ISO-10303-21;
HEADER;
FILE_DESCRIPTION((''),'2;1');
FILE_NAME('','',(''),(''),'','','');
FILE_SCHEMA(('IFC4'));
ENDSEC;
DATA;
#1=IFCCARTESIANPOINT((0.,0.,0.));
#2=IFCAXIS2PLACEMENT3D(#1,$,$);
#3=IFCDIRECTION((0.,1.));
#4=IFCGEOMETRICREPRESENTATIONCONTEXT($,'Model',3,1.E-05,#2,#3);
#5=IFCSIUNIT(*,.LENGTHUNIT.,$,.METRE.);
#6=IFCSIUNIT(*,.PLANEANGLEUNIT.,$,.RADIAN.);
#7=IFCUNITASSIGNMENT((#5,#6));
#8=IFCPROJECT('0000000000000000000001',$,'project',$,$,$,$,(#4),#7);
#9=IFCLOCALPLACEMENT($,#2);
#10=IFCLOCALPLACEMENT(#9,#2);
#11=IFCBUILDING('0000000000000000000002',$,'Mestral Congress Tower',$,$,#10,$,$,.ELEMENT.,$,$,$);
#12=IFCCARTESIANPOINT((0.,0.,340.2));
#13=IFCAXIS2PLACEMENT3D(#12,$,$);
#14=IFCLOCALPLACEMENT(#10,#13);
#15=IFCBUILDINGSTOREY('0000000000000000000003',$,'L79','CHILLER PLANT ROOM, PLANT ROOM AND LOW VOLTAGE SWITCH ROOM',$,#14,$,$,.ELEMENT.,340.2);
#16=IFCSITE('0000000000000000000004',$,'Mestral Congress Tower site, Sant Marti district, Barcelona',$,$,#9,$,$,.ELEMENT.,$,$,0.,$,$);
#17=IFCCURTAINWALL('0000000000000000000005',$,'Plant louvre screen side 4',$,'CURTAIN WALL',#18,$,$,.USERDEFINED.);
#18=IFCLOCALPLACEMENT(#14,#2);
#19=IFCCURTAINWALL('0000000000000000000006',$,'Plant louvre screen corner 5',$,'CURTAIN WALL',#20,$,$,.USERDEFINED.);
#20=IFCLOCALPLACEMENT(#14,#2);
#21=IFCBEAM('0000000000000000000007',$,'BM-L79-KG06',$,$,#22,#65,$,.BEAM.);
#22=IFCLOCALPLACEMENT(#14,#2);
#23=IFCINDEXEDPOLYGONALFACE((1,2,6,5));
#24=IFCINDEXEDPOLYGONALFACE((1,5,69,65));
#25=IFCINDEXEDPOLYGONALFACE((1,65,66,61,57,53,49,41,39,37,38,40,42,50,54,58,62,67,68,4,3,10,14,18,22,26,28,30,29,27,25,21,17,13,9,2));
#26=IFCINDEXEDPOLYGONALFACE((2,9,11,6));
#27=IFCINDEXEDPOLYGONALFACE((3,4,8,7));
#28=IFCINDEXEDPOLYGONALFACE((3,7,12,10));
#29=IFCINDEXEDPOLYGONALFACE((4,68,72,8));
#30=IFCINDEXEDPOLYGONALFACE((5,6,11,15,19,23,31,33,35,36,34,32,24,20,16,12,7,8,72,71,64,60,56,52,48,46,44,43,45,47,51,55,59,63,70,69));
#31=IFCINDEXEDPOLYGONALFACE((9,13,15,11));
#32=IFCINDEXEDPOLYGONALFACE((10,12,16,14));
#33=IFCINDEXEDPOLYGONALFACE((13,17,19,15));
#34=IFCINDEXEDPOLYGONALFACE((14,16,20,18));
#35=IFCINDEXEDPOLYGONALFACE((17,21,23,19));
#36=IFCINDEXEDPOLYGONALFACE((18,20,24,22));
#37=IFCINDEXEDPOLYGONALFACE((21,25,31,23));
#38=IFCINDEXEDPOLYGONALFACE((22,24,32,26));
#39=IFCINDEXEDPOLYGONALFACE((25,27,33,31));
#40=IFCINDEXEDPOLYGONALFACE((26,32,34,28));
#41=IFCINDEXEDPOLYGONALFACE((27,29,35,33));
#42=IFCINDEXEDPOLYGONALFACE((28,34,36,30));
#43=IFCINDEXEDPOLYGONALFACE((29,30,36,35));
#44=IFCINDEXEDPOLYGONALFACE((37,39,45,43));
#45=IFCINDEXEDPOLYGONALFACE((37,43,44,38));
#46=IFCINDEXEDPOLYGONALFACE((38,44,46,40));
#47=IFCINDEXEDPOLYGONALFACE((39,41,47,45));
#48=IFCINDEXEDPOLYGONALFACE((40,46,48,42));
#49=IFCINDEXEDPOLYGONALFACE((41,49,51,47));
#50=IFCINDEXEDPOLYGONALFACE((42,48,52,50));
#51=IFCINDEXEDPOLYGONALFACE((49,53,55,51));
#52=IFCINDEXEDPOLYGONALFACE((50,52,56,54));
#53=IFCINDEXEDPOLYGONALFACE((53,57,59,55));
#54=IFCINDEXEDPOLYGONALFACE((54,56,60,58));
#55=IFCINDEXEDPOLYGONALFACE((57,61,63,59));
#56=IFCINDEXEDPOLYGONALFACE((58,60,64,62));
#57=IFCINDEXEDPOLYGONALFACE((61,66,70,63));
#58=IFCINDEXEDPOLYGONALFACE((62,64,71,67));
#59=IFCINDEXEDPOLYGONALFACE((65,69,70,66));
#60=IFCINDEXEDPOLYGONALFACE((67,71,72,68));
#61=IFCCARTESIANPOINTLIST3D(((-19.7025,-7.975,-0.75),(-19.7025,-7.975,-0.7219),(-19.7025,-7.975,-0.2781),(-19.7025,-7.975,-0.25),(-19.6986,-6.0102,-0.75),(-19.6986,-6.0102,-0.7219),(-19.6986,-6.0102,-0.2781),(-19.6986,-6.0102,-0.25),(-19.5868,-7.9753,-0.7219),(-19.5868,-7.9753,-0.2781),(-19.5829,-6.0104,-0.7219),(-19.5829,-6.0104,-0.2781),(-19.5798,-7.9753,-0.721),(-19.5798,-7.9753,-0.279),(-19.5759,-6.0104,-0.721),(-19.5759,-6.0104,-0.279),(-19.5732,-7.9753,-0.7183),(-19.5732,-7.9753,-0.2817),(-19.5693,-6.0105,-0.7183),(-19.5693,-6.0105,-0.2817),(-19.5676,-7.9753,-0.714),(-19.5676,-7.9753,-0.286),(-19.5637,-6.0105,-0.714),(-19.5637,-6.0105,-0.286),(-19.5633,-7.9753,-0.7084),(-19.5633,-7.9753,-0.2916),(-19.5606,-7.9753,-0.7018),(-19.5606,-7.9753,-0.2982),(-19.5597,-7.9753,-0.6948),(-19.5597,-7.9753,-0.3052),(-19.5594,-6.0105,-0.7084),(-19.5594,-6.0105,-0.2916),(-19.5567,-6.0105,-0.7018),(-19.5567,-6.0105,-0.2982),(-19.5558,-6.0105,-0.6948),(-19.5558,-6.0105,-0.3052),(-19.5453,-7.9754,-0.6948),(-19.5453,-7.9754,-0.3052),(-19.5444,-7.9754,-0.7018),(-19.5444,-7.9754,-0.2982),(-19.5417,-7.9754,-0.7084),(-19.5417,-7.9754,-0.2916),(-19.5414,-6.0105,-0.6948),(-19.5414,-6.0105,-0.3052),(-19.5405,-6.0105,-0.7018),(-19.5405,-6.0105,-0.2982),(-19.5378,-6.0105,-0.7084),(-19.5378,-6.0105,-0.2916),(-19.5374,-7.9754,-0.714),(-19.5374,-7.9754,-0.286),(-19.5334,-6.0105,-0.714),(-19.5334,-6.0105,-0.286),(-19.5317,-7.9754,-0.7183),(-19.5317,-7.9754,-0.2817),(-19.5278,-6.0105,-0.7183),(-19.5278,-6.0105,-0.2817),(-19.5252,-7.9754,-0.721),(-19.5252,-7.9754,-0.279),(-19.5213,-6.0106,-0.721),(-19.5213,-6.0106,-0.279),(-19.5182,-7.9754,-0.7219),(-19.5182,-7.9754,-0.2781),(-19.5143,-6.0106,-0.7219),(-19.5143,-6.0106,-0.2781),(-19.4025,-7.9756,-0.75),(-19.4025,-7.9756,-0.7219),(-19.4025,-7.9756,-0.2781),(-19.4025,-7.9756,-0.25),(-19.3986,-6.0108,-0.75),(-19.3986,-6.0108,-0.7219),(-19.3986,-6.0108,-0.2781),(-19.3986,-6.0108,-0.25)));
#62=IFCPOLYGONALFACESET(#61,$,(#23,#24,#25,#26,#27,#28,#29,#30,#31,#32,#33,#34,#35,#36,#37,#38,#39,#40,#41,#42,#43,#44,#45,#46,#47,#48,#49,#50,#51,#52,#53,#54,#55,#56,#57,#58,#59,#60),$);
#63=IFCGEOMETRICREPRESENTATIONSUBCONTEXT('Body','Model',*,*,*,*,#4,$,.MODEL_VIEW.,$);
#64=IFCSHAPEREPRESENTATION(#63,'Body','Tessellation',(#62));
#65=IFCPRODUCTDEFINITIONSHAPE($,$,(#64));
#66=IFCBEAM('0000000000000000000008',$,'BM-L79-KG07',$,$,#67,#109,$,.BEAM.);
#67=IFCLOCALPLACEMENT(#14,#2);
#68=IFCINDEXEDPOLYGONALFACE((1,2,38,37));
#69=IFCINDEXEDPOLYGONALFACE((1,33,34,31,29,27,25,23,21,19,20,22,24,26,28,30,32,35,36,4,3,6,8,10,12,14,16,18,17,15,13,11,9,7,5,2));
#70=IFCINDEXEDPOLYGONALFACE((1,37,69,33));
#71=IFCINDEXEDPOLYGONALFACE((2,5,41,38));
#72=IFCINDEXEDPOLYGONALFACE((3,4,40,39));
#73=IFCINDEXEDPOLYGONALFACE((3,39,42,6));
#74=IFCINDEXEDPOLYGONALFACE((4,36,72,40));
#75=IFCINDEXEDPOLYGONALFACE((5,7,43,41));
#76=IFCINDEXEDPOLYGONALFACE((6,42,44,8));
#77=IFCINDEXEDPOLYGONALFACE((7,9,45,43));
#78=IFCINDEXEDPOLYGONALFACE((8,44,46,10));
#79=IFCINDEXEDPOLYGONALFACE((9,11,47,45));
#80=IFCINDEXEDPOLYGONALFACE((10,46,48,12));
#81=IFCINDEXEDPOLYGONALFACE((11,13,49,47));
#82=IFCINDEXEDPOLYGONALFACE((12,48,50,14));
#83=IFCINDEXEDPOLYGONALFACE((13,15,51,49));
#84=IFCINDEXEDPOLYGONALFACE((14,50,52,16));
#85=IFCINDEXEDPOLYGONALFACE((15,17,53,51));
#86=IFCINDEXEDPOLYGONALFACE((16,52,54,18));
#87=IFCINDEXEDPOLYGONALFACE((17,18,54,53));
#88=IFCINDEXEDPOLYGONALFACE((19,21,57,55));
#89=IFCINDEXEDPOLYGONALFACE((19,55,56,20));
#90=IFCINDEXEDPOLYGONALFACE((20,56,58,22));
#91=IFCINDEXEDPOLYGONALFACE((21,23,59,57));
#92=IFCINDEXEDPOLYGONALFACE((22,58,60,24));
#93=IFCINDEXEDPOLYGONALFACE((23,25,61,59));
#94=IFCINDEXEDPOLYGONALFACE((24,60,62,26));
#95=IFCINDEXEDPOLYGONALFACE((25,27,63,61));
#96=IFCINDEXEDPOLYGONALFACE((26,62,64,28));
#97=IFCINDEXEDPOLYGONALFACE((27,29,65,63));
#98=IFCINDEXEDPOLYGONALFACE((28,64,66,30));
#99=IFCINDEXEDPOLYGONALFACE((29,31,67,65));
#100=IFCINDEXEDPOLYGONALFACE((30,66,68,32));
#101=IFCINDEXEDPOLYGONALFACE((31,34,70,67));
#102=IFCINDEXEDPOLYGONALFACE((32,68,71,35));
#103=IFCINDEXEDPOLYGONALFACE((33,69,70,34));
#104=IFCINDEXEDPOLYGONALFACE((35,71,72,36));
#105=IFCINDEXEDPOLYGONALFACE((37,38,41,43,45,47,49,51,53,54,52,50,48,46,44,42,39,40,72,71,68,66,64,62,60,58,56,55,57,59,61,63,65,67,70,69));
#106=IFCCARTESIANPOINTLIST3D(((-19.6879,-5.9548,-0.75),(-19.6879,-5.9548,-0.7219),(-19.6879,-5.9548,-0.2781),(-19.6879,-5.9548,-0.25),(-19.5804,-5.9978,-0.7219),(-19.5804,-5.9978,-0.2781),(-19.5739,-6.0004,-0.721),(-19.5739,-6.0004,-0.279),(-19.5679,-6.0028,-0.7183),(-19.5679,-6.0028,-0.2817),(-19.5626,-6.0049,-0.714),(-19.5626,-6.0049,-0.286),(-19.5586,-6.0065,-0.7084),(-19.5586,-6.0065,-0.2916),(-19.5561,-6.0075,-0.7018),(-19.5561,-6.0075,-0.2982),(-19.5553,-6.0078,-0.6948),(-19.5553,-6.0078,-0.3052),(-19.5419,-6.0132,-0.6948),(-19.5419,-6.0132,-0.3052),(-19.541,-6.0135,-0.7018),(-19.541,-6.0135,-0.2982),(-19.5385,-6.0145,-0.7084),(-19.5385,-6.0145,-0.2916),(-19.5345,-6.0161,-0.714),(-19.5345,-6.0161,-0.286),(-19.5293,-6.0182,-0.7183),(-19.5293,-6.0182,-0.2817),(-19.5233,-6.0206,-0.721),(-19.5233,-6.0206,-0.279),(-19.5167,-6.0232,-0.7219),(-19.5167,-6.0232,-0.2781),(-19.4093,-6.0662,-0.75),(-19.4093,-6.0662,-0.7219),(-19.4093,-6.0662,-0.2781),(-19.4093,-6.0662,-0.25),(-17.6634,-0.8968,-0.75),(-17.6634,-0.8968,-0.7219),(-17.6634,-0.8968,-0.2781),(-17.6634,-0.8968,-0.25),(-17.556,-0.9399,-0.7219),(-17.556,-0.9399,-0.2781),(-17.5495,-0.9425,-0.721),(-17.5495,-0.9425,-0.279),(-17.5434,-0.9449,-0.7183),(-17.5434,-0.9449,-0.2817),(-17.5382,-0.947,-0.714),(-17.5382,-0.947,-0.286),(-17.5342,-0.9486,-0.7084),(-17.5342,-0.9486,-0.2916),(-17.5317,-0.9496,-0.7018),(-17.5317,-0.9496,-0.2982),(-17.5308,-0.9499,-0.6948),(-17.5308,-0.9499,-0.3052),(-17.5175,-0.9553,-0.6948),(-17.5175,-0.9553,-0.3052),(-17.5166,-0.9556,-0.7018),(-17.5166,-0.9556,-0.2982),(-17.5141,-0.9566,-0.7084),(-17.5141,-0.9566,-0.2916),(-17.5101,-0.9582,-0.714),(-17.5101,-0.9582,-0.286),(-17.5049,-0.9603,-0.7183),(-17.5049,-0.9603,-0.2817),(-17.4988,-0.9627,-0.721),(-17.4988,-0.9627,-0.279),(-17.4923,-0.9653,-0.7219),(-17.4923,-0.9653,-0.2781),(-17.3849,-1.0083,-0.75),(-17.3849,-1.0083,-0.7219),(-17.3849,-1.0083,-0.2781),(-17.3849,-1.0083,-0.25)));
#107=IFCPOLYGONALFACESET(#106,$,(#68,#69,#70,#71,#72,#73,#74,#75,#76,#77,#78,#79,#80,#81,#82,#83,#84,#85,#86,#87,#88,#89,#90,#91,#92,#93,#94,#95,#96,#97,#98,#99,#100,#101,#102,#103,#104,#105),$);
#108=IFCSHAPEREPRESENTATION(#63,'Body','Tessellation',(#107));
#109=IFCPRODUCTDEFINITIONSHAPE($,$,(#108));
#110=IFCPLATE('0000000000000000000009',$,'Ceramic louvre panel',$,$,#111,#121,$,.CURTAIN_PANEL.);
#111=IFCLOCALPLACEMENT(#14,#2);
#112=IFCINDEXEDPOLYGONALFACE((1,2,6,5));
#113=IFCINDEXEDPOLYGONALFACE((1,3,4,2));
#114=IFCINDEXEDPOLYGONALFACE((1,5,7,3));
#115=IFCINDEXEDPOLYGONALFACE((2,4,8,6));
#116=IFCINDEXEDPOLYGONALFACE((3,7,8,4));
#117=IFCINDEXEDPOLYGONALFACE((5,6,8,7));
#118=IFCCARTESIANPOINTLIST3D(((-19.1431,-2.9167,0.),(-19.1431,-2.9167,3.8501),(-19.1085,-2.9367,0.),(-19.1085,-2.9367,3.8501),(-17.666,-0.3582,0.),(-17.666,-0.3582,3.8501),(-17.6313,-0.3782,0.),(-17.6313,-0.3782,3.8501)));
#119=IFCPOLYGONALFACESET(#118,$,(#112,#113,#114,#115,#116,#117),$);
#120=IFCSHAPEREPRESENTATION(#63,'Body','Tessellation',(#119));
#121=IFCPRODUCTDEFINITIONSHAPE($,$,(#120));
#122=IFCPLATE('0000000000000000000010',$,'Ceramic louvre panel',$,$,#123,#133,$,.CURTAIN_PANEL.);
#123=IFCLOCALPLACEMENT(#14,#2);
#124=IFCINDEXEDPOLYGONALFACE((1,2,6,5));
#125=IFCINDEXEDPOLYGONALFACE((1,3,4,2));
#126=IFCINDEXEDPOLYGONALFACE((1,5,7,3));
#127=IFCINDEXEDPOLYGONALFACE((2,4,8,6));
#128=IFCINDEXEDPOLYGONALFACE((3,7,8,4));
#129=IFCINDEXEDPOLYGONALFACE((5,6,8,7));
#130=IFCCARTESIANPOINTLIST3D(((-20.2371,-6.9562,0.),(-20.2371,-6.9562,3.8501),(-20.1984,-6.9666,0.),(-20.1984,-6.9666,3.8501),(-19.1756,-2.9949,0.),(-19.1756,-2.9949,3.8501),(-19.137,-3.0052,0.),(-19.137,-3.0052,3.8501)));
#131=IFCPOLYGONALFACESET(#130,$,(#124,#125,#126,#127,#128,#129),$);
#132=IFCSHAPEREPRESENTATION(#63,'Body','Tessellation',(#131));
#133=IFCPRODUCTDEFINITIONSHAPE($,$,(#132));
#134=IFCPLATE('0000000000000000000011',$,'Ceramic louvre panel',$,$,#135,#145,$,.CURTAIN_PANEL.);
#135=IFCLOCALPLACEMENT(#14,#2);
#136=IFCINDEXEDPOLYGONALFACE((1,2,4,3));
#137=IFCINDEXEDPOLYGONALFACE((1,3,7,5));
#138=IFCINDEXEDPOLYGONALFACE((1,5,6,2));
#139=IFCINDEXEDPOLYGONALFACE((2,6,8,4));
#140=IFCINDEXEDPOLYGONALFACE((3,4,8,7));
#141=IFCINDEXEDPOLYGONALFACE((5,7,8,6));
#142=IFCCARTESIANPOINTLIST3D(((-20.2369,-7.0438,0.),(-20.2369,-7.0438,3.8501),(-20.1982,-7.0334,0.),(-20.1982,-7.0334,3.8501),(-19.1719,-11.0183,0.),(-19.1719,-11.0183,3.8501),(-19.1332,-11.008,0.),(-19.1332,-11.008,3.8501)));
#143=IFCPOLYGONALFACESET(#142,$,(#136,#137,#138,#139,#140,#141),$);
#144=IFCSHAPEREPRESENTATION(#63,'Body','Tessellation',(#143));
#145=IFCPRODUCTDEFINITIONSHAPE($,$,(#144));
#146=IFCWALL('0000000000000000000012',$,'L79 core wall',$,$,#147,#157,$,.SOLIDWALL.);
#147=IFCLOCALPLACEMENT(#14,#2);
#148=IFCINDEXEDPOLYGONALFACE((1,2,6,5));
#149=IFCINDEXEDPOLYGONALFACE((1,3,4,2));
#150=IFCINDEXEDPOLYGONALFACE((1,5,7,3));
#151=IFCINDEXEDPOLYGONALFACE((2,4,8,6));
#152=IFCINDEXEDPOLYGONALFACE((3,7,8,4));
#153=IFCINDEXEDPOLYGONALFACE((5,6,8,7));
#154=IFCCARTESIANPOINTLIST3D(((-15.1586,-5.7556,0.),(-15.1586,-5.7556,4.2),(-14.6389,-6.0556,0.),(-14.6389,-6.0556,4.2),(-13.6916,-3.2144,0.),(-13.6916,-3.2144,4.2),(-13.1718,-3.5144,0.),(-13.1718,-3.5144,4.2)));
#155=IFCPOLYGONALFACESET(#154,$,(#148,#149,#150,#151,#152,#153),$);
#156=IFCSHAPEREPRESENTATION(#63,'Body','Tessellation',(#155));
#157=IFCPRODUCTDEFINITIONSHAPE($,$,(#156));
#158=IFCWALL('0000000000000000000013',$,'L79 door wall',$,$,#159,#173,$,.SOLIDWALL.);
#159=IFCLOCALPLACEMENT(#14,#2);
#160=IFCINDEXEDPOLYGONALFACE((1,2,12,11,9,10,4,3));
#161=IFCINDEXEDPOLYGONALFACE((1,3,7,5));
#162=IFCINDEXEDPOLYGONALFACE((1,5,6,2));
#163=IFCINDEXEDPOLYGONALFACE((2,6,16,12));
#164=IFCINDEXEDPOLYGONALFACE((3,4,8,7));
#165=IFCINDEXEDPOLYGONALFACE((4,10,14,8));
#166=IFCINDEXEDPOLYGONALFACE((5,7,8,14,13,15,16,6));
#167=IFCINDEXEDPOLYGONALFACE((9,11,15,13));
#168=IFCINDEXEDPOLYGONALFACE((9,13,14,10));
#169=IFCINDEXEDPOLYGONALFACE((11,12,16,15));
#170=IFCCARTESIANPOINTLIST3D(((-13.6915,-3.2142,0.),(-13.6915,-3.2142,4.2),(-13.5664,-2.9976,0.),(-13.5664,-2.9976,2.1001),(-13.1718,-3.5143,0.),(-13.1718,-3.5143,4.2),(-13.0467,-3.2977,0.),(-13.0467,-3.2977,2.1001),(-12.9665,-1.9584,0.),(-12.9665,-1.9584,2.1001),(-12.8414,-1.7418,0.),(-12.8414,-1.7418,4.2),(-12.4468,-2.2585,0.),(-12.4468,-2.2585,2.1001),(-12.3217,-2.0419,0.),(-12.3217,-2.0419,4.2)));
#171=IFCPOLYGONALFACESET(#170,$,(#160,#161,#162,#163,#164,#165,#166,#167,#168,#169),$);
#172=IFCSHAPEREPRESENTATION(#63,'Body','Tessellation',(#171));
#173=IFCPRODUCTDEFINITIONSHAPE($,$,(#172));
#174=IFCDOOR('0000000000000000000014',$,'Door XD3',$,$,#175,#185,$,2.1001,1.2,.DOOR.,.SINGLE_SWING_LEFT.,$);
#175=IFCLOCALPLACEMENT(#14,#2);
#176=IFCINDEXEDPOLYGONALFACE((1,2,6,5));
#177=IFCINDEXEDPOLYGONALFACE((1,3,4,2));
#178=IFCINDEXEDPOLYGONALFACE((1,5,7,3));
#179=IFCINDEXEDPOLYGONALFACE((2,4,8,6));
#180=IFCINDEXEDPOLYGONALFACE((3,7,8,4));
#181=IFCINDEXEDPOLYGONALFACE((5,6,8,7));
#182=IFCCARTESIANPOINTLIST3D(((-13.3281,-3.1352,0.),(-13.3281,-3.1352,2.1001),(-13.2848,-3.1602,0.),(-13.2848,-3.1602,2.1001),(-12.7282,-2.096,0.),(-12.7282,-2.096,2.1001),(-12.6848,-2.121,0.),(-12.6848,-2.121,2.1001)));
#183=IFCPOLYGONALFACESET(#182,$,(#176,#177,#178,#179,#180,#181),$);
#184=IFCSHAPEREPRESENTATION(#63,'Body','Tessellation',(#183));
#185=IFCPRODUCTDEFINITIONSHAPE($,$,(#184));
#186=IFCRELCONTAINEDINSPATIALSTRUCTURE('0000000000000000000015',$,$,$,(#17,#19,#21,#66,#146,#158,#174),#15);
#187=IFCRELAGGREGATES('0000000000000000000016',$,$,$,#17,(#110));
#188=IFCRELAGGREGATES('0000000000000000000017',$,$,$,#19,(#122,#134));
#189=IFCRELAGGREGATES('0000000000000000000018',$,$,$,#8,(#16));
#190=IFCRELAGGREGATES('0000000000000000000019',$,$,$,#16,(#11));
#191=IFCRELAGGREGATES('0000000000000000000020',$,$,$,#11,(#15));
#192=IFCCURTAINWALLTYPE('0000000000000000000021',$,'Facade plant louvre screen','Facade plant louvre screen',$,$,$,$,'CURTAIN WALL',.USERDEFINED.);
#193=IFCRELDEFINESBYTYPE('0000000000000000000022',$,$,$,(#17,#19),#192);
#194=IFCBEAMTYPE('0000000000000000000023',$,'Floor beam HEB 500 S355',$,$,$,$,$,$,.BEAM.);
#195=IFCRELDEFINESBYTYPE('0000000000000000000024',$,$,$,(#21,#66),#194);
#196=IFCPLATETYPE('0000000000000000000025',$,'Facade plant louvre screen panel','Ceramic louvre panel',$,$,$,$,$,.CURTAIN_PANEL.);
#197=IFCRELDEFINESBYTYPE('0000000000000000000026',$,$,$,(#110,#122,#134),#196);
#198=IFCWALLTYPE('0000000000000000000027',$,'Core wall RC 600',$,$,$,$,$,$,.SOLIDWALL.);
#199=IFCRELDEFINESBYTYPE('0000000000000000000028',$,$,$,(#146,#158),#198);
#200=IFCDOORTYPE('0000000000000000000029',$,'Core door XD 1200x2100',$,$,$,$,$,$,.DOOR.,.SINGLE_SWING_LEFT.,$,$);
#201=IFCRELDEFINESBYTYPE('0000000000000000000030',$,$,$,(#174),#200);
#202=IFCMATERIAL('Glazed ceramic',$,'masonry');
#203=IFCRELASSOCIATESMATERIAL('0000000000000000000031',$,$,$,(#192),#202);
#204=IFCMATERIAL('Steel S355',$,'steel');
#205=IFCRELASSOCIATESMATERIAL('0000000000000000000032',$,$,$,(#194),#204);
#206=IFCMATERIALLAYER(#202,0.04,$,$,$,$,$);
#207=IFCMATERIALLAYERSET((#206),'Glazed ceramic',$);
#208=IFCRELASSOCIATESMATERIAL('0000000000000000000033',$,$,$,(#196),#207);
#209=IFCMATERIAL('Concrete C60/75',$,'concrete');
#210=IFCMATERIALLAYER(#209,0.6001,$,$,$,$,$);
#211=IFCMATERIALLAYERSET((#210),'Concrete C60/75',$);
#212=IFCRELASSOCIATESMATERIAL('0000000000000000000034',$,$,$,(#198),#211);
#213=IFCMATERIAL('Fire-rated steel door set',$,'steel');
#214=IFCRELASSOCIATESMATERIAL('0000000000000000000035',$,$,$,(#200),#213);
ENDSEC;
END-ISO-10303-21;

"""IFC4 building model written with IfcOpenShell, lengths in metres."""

from ifc_helpers import new_model, si_unit, direction, frame, frame_2d, origin, origin_2d, place, context, subcontext, project, spatial, rectangle, i_section, extrude, material, layer, layer_set, material_profile, profile_set, type_object, element, fill, aggregate, save


model = new_model("IFC4")

# Units and contexts
model_context = context("Model", 3, precision=1e-05, world=origin(), true_north=direction((0.0, 1.0)))
body_context = subcontext(model_context, "Body", "Model", "MODEL_VIEW")
ifc_project = project(units=[si_unit("LENGTHUNIT", "METRE"), si_unit("PLANEANGLEUNIT", "RADIAN")], contexts=[model_context])

# Site, building, storey
site_placement = place(None, origin())
site = spatial("IfcSite", under=ifc_project, at=site_placement, Name="Mestral Congress Tower site, Sant Marti district, Barcelona", CompositionType="ELEMENT", RefElevation=0.0)
building_placement = place(site_placement, origin())
building = spatial("IfcBuilding", under=site, at=building_placement, Name="Mestral Congress Tower", CompositionType="ELEMENT")
storey_placement = place(building_placement, frame((0.0, 0.0, 340.2)))
storey = spatial("IfcBuildingStorey", under=building, at=storey_placement, Name="L79", Description="CHILLER PLANT ROOM, PLANT ROOM AND LOW VOLTAGE SWITCH ROOM", CompositionType="ELEMENT", Elevation=340.2)

# Shared definitions
ifc_material_1 = material(Name="Steel S355", Category="steel")

# Curtain wall
ifc_material_2 = material(Name="Glazed ceramic", Category="masonry")
curtain_wall_type = type_object("IfcCurtainWallType", Name="Facade plant louvre screen", Description="Facade plant louvre screen", ElementType="CURTAIN WALL", PredefinedType="USERDEFINED", material=ifc_material_2)
placement = place(storey_placement, origin())
curtain_wall_1 = element("IfcCurtainWall", 1, at=placement, inside=storey, type_object=curtain_wall_type, Name="Plant louvre screen side 4", ObjectType="CURTAIN WALL", PredefinedType="USERDEFINED")

# Curtain wall
curtain_wall_2 = element("IfcCurtainWall", 2, at=placement, inside=storey, type_object=curtain_wall_type, Name="Plant louvre screen corner 5", ObjectType="CURTAIN WALL", PredefinedType="USERDEFINED")

# Beams
ifc_material_profile_1 = material_profile(ifc_material_1, i_section(OverallWidth=0.3, OverallDepth=0.5, WebThickness=0.0144, FlangeThickness=0.0281, FilletRadius=0.0271, at=origin_2d()), Name="HEB 500")
ifc_profile_set_1 = profile_set([ifc_material_profile_1], Name="Steel S355")
beam_type_1 = type_object("IfcBeamType", Name="Floor beam HEB 500 S355", PredefinedType="BEAM", material=ifc_profile_set_1)
beam_1_placement = place(storey_placement, frame((-19.5525, -7.9753, -0.5), z_axis=(0.001988, 0.999998, 0.0), x_axis=(-0.999998, 0.001988, 0.0)))
element("IfcBeam", 3, at=beam_1_placement, inside=storey, type_object=beam_type_1, Name="BM-L79-KG06", PredefinedType="BEAM", context=body_context, shape_type="SweptSolid", body=[
    extrude(i_section(OverallWidth=0.3, OverallDepth=0.5, WebThickness=0.0144, FlangeThickness=0.0281, FilletRadius=0.0271, at=origin_2d()), origin(), (0.0, 0.0, 1.0), 1.9648),
])
beam_2_placement = place(storey_placement, frame((-19.5486, -6.0105, -0.5), z_axis=(0.371592, 0.928396, 0.0), x_axis=(-0.928396, 0.371592, 0.0)))
element("IfcBeam", 4, at=beam_2_placement, inside=storey, type_object=beam_type_1, Name="BM-L79-KG07", PredefinedType="BEAM", context=body_context, shape_type="SweptSolid", body=[
    extrude(i_section(OverallWidth=0.3, OverallDepth=0.5, WebThickness=0.0144, FlangeThickness=0.0281, FilletRadius=0.0271, at=origin_2d()), origin(), (0.0, 0.0, 1.0), 5.448),
])

# Plates
ifc_layer_1 = layer(ifc_material_2, 0.04)
ifc_layer_set_1 = layer_set([ifc_layer_1], Name="Glazed ceramic")
plate_type = type_object("IfcPlateType", Name="Facade plant louvre screen panel", Description="Ceramic louvre panel", PredefinedType="CURTAIN_PANEL", material=ifc_layer_set_1)
plate_1_placement = place(storey_placement, frame((-18.3872, -1.6475, 0.0), z_axis=(0.0, 0.0, 1.0), x_axis=(-0.500002, -0.866025, 0.0)))
plate_1 = element("IfcPlate", 5, at=plate_1_placement, type_object=plate_type, Name="Ceramic louvre panel", PredefinedType="CURTAIN_PANEL", context=body_context, shape_type="SweptSolid", body=[
    extrude(rectangle(XDim=2.9543, YDim=0.04, at=origin_2d()), origin(), (0.0, 0.0, 1.0), 3.8501),
])
aggregate(curtain_wall_1, [plate_1])
plate_2_placement = place(storey_placement, frame((-19.687, -4.9807, 0.0), z_axis=(0.0, 0.0, 1.0), x_axis=(-0.258819, -0.965926, 0.0)))
plate_2 = element("IfcPlate", 6, at=plate_2_placement, type_object=plate_type, Name="Ceramic louvre panel", PredefinedType="CURTAIN_PANEL", context=body_context, shape_type="SweptSolid", body=[
    extrude(rectangle(XDim=4.1011, YDim=0.04, at=origin_2d()), origin(), (0.0, 0.0, 1.0), 3.8501),
])
plate_3_placement = place(storey_placement, frame((-19.6851, -9.0259, 0.0), z_axis=(0.0, 0.0, 1.0), x_axis=(0.258819, -0.965926, 0.0)))
plate_3 = element("IfcPlate", 7, at=plate_3_placement, type_object=plate_type, Name="Ceramic louvre panel", PredefinedType="CURTAIN_PANEL", context=body_context, shape_type="SweptSolid", body=[
    extrude(rectangle(XDim=4.1147, YDim=0.04, at=origin_2d()), origin(), (0.0, 0.0, 1.0), 3.8501),
])
aggregate(curtain_wall_2, [plate_2, plate_3])

# Wall
ifc_material_3 = material(Name="Concrete C60/75", Category="concrete")
ifc_layer_2 = layer(ifc_material_3, 0.6001)
ifc_layer_set_2 = layer_set([ifc_layer_2], Name="Concrete C60/75")
wall_type_1 = type_object("IfcWallType", Name="Core wall RC 600", PredefinedType="SOLIDWALL", material=ifc_layer_set_2)
wall_1_placement = place(storey_placement, frame((-13.4316, -3.3643, 0.0), z_axis=(0.0, 0.0, 1.0), x_axis=(-0.49996, -0.866048, 0.0)))
element("IfcWall", 8, at=wall_1_placement, inside=storey, type_object=wall_type_1, Name="L79 core wall", PredefinedType="SOLIDWALL", context=body_context, shape_type="SweptSolid", body=[
    extrude(rectangle(XDim=2.9343, YDim=0.6001, at=frame_2d((1.4673, 0.0))), origin(), (0.0, 0.0, 1.0), 4.2),
])

# Wall, opening, door
wall_2_placement = place(storey_placement, frame((-13.4316, -3.3643, 0.0), z_axis=(0.0, 0.0, 1.0), x_axis=(0.5, 0.866025, 0.0)))
wall_2 = element("IfcWall", 9, at=wall_2_placement, inside=storey, type_object=wall_type_1, Name="L79 door wall", PredefinedType="SOLIDWALL", context=body_context, shape_type="SweptSolid", body=[
    extrude(rectangle(XDim=1.7002, YDim=0.6001, at=frame_2d((0.8501, 0.0))), origin(), (0.0, 0.0, 1.0), 4.2),
])
opening_placement = place(wall_2_placement, frame((0.25, 0.0, 0.0)))
opening = element("IfcOpeningElement", 10, at=opening_placement, cuts=wall_2, PredefinedType="OPENING", context=body_context, shape_type="SweptSolid", body=[
    extrude(rectangle(XDim=1.2, YDim=2.1001, at=frame_2d((0.6001, 1.05))), frame((0.0, 0.3101, 0.0), z_axis=(0.0, -1.0, 0.0), x_axis=(1.0, 0.0, 0.0)), (0.0, 0.0, 1.0), 0.6201),
])
ifc_material_4 = material(Name="Fire-rated steel door set", Category="steel")
door_type = type_object("IfcDoorType", Name="Core door XD 1200x2100", OperationType="SINGLE_SWING_LEFT", PredefinedType="DOOR", material=ifc_material_4)
door_placement = place(opening_placement, origin())
door = element("IfcDoor", 11, at=door_placement, inside=storey, type_object=door_type, Name="Door XD3", OperationType="SINGLE_SWING_LEFT", OverallHeight=2.1001, OverallWidth=1.2, PredefinedType="DOOR", context=body_context, shape_type="SweptSolid", body=[
    extrude(rectangle(XDim=1.2, YDim=2.1001, at=frame_2d((0.6001, 1.05))), frame((0.0, 0.0249, 0.0), z_axis=(0.0, -1.0, 0.0), x_axis=(1.0, 0.0, 0.0)), (0.0, 0.0, 1.0), 0.05),
])
fill(opening, door)

save(model, "model.ifc")
